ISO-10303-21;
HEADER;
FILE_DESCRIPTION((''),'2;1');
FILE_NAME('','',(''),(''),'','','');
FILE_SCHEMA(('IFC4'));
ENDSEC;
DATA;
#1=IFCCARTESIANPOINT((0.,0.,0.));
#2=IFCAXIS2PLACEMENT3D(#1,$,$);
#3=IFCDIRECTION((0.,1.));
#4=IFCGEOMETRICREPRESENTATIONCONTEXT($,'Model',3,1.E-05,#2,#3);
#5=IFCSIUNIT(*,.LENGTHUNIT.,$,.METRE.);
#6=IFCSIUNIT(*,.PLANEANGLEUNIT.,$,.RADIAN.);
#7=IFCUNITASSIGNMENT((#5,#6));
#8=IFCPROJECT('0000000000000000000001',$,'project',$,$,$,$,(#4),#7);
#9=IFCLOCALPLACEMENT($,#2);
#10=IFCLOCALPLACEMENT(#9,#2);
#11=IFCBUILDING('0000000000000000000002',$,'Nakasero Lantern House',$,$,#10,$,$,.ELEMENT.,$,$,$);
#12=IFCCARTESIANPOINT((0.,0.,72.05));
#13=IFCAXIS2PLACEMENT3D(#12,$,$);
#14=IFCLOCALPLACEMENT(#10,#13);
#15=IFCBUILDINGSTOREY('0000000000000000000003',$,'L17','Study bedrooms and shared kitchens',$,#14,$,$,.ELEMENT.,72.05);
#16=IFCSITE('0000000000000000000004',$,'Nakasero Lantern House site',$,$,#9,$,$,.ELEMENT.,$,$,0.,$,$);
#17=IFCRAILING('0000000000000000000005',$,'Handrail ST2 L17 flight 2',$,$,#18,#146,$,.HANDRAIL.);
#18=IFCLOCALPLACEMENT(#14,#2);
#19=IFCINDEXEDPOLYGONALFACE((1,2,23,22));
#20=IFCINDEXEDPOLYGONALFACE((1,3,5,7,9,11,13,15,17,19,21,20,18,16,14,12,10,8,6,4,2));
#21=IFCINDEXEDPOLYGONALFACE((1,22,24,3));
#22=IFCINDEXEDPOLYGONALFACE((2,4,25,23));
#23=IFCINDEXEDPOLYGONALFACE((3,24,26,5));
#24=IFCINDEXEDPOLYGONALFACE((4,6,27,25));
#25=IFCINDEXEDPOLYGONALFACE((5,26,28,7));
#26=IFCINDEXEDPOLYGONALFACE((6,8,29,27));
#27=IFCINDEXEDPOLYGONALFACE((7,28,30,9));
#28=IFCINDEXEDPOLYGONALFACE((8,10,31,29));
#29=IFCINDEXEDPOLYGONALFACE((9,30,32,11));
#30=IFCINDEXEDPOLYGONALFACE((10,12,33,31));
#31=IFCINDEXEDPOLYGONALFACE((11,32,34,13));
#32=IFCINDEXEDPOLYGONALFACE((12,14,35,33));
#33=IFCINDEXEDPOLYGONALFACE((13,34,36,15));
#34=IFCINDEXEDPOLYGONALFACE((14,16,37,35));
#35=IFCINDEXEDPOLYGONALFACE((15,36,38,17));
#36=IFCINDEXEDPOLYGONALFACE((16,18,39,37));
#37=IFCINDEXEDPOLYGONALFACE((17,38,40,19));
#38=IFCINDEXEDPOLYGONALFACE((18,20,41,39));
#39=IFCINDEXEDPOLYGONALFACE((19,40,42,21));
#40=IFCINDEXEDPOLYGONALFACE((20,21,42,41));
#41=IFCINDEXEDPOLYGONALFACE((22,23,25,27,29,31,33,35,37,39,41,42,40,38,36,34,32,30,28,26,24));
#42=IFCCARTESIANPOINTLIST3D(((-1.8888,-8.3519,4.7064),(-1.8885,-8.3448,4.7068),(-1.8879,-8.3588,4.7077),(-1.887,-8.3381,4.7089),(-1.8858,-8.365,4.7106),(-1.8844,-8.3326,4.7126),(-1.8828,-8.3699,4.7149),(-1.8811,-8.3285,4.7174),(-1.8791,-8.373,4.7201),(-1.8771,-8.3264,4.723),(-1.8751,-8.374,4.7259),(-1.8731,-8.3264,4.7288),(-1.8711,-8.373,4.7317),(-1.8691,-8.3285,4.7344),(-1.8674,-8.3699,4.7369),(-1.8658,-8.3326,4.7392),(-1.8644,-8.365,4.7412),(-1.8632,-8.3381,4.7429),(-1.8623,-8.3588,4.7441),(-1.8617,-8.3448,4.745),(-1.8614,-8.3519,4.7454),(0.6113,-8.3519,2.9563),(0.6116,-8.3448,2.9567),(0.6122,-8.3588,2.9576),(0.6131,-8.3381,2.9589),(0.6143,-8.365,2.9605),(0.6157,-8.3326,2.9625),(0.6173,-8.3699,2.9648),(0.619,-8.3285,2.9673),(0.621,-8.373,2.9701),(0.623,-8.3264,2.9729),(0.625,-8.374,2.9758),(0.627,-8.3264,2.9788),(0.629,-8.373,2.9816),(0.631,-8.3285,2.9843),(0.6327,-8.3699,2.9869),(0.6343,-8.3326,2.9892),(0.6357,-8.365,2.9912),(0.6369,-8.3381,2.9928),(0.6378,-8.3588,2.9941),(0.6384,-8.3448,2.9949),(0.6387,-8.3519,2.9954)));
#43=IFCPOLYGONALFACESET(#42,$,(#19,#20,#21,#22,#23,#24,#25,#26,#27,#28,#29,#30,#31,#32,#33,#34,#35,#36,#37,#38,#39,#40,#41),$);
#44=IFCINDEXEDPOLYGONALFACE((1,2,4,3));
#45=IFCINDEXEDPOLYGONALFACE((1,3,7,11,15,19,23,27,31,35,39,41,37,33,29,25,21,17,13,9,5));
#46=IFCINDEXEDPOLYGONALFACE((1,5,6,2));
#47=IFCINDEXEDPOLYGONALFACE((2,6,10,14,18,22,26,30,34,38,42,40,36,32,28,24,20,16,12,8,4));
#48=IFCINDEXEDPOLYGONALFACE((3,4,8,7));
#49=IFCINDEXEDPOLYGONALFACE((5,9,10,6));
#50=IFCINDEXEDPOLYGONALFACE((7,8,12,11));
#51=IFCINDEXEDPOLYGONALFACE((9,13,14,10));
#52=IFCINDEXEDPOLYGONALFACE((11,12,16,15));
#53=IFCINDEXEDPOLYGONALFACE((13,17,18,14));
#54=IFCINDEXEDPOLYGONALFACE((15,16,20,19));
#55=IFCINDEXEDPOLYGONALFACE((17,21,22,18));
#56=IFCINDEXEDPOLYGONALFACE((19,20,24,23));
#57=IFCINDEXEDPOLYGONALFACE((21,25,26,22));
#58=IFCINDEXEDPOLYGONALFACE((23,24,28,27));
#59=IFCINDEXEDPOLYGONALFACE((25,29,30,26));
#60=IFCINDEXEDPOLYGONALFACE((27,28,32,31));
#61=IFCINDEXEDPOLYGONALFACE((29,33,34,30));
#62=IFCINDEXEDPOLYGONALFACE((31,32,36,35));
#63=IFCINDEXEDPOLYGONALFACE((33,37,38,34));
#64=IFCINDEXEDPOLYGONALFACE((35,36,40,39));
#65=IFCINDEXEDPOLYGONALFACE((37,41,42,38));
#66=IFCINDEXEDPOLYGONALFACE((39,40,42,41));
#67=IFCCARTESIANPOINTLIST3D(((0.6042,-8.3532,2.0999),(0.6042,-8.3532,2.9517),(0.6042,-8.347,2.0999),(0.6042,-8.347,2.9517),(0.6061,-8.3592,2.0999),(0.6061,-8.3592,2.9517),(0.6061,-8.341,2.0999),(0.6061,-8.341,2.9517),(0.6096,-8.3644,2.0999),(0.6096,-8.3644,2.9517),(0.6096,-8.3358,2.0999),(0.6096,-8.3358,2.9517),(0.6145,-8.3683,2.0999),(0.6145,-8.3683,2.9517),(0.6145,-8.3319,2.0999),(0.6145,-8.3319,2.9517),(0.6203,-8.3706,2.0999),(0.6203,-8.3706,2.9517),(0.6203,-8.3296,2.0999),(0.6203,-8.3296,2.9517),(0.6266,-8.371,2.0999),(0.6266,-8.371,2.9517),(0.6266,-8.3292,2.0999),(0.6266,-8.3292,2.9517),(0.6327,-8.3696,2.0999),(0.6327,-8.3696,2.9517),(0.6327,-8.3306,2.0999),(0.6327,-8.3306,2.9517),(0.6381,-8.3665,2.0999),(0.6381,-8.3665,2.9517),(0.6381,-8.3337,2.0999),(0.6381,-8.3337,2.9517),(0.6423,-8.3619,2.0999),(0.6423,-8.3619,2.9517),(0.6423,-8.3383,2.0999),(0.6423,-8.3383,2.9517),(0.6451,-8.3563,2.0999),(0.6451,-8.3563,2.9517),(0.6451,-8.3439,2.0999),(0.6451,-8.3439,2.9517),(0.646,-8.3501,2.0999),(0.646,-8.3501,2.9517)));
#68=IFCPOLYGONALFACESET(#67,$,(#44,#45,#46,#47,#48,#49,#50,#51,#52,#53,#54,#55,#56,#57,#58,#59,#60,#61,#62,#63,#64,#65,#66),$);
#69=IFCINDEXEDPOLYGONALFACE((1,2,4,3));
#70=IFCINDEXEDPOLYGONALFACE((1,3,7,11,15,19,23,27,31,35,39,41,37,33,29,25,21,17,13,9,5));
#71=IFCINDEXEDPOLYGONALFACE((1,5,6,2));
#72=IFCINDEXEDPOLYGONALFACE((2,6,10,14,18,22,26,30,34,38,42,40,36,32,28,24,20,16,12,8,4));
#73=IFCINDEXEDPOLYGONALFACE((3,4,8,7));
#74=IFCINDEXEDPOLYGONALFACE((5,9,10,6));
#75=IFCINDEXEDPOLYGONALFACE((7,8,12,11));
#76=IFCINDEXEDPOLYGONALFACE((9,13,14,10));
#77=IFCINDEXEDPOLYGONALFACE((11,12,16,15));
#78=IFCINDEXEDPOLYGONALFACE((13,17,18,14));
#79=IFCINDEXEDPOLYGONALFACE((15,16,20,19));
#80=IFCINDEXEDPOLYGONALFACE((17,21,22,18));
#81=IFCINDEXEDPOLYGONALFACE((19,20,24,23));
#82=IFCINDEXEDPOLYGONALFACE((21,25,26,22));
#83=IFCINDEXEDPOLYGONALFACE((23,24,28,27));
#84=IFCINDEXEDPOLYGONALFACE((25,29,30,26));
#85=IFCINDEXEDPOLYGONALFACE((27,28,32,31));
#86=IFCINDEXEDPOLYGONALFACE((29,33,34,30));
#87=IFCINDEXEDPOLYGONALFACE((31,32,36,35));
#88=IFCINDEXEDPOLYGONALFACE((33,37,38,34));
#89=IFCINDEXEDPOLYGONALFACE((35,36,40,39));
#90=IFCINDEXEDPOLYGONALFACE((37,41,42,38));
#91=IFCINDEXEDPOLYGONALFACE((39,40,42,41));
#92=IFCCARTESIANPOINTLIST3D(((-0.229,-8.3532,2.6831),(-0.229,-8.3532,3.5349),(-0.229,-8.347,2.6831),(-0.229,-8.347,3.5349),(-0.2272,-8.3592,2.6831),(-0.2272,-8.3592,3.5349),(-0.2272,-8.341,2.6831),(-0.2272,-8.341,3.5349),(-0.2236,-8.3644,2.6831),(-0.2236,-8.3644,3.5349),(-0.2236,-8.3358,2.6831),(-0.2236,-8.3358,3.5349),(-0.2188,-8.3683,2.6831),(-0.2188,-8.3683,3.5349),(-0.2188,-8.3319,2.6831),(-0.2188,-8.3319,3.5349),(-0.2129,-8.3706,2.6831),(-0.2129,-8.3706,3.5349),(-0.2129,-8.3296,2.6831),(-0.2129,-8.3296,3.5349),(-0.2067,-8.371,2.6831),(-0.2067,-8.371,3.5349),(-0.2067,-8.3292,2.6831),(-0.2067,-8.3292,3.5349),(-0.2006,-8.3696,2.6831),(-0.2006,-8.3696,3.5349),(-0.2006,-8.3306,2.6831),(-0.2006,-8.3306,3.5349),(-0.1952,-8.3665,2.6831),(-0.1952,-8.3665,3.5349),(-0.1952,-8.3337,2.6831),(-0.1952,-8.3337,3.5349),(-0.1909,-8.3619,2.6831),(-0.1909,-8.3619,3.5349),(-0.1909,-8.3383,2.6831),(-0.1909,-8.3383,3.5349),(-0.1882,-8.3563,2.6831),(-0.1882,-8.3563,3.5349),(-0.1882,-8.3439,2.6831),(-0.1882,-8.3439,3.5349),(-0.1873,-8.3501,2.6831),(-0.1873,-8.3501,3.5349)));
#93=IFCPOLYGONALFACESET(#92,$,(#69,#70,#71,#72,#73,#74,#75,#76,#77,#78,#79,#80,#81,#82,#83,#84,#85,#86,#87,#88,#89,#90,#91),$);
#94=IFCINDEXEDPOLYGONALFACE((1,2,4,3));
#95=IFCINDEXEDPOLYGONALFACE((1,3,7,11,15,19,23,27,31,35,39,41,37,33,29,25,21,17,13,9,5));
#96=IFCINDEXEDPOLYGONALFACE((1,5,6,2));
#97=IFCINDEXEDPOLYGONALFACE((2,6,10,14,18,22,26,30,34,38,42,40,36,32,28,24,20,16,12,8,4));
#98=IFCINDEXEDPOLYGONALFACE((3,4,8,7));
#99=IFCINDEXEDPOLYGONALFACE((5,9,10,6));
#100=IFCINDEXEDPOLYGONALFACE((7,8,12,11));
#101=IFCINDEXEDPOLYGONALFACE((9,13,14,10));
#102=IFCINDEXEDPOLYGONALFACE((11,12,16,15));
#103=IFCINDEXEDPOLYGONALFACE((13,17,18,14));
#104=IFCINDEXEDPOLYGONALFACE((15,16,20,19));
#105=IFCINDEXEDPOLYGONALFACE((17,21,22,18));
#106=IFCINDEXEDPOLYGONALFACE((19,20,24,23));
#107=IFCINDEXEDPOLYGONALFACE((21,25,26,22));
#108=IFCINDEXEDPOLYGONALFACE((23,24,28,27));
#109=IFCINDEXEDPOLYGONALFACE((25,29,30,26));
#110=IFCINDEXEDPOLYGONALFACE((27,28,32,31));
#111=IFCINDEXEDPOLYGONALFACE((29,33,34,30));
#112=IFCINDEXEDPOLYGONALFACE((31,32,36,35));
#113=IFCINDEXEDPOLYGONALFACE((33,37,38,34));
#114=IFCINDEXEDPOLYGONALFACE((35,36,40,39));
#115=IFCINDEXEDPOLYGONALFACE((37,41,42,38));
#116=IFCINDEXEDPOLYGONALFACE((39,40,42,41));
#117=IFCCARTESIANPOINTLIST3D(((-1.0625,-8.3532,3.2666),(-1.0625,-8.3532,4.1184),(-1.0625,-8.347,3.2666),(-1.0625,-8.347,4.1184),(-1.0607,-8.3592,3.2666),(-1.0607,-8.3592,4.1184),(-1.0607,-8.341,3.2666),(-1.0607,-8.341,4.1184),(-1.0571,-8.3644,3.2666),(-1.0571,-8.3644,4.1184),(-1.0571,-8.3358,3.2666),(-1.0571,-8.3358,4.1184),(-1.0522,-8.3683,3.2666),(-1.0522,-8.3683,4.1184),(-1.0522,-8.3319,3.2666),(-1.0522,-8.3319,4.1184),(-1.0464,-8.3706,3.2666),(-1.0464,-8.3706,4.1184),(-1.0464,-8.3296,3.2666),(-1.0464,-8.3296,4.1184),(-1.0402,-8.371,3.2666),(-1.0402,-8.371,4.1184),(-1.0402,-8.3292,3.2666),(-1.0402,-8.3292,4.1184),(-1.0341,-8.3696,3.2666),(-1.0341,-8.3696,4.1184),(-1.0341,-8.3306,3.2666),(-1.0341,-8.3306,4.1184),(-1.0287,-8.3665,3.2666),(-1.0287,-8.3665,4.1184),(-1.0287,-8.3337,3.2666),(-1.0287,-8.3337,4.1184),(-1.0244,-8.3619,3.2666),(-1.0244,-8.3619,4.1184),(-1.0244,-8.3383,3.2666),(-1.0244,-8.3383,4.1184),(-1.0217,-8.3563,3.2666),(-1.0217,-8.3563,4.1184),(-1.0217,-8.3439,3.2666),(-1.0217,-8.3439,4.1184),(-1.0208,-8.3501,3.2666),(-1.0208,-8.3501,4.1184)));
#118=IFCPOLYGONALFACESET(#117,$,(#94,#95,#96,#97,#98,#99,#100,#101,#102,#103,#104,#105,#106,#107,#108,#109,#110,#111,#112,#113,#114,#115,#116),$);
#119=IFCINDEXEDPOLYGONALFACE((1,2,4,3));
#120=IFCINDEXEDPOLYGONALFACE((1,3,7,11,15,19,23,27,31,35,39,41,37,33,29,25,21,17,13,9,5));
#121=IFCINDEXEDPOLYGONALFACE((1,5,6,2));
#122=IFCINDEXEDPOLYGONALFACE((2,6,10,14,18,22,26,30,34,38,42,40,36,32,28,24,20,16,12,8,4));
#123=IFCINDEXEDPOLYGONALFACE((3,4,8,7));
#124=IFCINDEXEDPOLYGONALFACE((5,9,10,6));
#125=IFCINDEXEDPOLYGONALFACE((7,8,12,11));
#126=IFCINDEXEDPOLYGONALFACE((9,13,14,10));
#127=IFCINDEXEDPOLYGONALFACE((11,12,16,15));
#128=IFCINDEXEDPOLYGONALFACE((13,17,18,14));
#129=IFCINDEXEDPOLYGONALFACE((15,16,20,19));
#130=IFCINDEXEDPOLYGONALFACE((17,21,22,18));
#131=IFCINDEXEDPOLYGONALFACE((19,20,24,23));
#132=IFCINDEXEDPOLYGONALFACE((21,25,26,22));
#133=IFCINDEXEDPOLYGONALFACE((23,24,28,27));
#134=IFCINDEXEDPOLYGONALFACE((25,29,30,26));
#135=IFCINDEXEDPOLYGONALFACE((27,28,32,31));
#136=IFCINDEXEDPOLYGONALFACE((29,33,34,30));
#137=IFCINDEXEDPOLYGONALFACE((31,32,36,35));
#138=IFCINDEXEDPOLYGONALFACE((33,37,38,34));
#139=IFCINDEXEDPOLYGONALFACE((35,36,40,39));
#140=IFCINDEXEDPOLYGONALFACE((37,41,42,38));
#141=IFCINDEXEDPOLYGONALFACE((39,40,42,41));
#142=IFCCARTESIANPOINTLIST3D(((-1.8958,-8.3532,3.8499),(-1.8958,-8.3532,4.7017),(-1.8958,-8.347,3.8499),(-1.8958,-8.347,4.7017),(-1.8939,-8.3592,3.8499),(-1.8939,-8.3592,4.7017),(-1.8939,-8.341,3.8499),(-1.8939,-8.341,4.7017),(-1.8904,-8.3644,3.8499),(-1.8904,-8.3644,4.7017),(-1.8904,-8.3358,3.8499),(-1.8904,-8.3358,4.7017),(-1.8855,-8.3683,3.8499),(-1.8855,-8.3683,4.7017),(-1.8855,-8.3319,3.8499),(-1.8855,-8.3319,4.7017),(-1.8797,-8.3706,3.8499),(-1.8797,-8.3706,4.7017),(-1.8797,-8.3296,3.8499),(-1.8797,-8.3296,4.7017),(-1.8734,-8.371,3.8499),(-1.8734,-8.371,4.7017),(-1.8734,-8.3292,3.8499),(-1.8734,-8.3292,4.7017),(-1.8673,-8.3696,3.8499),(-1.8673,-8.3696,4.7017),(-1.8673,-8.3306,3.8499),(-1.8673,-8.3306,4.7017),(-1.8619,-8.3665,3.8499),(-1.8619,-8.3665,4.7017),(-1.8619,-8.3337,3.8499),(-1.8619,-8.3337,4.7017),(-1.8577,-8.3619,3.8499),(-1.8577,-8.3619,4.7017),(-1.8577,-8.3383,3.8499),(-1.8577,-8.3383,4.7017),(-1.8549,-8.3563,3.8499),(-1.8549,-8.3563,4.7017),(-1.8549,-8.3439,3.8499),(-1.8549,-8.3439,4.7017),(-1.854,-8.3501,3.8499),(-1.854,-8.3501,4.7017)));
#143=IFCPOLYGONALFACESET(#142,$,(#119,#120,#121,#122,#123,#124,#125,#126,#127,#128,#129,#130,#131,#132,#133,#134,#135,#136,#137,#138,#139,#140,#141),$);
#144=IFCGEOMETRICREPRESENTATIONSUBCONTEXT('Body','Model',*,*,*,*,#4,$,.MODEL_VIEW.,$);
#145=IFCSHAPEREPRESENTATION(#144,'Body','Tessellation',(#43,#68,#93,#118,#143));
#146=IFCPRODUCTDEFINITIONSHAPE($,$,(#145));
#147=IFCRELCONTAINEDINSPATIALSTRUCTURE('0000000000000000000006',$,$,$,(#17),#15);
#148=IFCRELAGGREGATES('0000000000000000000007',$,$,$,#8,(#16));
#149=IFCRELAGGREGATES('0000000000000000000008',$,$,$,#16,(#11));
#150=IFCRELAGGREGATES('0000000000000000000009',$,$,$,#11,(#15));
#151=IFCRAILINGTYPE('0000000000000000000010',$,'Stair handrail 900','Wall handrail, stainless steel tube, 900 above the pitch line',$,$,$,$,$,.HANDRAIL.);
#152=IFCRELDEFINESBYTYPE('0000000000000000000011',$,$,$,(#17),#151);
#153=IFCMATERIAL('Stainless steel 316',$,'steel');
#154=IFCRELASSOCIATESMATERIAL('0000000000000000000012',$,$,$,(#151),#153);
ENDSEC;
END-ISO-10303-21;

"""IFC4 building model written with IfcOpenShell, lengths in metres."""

from ifc_helpers import new_model, si_unit, direction, frame, origin, origin_2d, place, context, subcontext, project, spatial, circle, extrude, material, type_object, element, save


model = new_model("IFC4")

# Units and contexts
model_context = context("Model", 3, precision=1e-05, world=origin(), true_north=direction((0.0, 1.0)))
body_context = subcontext(model_context, "Body", "Model", "MODEL_VIEW")
ifc_project = project(units=[si_unit("LENGTHUNIT", "METRE"), si_unit("PLANEANGLEUNIT", "RADIAN")], contexts=[model_context])

# Site, building, storey
site_placement = place(None, origin())
site = spatial("IfcSite", under=ifc_project, at=site_placement, Name="Nakasero Lantern House site", CompositionType="ELEMENT", RefElevation=0.0)
building_placement = place(site_placement, origin())
building = spatial("IfcBuilding", under=site, at=building_placement, Name="Nakasero Lantern House", CompositionType="ELEMENT")
storey_placement = place(building_placement, frame((0.0, 0.0, 72.05)))
storey = spatial("IfcBuildingStorey", under=building, at=storey_placement, Name="L17", Description="Study bedrooms and shared kitchens", CompositionType="ELEMENT", Elevation=72.05)

# Railing
ifc_material_1 = material(Name="Stainless steel 316", Category="steel")
railing_type = type_object("IfcRailingType", Name="Stair handrail 900", Description="Wall handrail, stainless steel tube, 900 above the pitch line", PredefinedType="HANDRAIL", material=ifc_material_1)
railing_placement = place(storey_placement, frame((0.625, -8.3501, 2.0999)))
element("IfcRailing", 1, at=railing_placement, inside=storey, type_object=railing_type, Name="Handrail ST2 L17 flight 2", PredefinedType="HANDRAIL", context=body_context, shape_type="SweptSolid", body=[
    extrude(circle(Radius=0.0239, at=origin_2d()), frame((0.0, 0.0, 0.876), z_axis=(-0.819232, 0.0, 0.573462), x_axis=(0.0, -1.0, 0.0)), (0.0, 0.0, 1.0), 3.0518),
    extrude(circle(Radius=0.021, at=origin_2d()), origin(), (0.0, 0.0, 1.0), 0.8518),
    extrude(circle(Radius=0.021, at=origin_2d()), frame((-0.8333, 0.0, 0.5833)), (0.0, 0.0, 1.0), 0.8518),
    extrude(circle(Radius=0.021, at=origin_2d()), frame((-1.6667, 0.0, 1.1667)), (0.0, 0.0, 1.0), 0.8518),
    extrude(circle(Radius=0.021, at=origin_2d()), frame((-2.5, 0.0, 1.75)), (0.0, 0.0, 1.0), 0.8518),
])

save(model, "model.ifc")
